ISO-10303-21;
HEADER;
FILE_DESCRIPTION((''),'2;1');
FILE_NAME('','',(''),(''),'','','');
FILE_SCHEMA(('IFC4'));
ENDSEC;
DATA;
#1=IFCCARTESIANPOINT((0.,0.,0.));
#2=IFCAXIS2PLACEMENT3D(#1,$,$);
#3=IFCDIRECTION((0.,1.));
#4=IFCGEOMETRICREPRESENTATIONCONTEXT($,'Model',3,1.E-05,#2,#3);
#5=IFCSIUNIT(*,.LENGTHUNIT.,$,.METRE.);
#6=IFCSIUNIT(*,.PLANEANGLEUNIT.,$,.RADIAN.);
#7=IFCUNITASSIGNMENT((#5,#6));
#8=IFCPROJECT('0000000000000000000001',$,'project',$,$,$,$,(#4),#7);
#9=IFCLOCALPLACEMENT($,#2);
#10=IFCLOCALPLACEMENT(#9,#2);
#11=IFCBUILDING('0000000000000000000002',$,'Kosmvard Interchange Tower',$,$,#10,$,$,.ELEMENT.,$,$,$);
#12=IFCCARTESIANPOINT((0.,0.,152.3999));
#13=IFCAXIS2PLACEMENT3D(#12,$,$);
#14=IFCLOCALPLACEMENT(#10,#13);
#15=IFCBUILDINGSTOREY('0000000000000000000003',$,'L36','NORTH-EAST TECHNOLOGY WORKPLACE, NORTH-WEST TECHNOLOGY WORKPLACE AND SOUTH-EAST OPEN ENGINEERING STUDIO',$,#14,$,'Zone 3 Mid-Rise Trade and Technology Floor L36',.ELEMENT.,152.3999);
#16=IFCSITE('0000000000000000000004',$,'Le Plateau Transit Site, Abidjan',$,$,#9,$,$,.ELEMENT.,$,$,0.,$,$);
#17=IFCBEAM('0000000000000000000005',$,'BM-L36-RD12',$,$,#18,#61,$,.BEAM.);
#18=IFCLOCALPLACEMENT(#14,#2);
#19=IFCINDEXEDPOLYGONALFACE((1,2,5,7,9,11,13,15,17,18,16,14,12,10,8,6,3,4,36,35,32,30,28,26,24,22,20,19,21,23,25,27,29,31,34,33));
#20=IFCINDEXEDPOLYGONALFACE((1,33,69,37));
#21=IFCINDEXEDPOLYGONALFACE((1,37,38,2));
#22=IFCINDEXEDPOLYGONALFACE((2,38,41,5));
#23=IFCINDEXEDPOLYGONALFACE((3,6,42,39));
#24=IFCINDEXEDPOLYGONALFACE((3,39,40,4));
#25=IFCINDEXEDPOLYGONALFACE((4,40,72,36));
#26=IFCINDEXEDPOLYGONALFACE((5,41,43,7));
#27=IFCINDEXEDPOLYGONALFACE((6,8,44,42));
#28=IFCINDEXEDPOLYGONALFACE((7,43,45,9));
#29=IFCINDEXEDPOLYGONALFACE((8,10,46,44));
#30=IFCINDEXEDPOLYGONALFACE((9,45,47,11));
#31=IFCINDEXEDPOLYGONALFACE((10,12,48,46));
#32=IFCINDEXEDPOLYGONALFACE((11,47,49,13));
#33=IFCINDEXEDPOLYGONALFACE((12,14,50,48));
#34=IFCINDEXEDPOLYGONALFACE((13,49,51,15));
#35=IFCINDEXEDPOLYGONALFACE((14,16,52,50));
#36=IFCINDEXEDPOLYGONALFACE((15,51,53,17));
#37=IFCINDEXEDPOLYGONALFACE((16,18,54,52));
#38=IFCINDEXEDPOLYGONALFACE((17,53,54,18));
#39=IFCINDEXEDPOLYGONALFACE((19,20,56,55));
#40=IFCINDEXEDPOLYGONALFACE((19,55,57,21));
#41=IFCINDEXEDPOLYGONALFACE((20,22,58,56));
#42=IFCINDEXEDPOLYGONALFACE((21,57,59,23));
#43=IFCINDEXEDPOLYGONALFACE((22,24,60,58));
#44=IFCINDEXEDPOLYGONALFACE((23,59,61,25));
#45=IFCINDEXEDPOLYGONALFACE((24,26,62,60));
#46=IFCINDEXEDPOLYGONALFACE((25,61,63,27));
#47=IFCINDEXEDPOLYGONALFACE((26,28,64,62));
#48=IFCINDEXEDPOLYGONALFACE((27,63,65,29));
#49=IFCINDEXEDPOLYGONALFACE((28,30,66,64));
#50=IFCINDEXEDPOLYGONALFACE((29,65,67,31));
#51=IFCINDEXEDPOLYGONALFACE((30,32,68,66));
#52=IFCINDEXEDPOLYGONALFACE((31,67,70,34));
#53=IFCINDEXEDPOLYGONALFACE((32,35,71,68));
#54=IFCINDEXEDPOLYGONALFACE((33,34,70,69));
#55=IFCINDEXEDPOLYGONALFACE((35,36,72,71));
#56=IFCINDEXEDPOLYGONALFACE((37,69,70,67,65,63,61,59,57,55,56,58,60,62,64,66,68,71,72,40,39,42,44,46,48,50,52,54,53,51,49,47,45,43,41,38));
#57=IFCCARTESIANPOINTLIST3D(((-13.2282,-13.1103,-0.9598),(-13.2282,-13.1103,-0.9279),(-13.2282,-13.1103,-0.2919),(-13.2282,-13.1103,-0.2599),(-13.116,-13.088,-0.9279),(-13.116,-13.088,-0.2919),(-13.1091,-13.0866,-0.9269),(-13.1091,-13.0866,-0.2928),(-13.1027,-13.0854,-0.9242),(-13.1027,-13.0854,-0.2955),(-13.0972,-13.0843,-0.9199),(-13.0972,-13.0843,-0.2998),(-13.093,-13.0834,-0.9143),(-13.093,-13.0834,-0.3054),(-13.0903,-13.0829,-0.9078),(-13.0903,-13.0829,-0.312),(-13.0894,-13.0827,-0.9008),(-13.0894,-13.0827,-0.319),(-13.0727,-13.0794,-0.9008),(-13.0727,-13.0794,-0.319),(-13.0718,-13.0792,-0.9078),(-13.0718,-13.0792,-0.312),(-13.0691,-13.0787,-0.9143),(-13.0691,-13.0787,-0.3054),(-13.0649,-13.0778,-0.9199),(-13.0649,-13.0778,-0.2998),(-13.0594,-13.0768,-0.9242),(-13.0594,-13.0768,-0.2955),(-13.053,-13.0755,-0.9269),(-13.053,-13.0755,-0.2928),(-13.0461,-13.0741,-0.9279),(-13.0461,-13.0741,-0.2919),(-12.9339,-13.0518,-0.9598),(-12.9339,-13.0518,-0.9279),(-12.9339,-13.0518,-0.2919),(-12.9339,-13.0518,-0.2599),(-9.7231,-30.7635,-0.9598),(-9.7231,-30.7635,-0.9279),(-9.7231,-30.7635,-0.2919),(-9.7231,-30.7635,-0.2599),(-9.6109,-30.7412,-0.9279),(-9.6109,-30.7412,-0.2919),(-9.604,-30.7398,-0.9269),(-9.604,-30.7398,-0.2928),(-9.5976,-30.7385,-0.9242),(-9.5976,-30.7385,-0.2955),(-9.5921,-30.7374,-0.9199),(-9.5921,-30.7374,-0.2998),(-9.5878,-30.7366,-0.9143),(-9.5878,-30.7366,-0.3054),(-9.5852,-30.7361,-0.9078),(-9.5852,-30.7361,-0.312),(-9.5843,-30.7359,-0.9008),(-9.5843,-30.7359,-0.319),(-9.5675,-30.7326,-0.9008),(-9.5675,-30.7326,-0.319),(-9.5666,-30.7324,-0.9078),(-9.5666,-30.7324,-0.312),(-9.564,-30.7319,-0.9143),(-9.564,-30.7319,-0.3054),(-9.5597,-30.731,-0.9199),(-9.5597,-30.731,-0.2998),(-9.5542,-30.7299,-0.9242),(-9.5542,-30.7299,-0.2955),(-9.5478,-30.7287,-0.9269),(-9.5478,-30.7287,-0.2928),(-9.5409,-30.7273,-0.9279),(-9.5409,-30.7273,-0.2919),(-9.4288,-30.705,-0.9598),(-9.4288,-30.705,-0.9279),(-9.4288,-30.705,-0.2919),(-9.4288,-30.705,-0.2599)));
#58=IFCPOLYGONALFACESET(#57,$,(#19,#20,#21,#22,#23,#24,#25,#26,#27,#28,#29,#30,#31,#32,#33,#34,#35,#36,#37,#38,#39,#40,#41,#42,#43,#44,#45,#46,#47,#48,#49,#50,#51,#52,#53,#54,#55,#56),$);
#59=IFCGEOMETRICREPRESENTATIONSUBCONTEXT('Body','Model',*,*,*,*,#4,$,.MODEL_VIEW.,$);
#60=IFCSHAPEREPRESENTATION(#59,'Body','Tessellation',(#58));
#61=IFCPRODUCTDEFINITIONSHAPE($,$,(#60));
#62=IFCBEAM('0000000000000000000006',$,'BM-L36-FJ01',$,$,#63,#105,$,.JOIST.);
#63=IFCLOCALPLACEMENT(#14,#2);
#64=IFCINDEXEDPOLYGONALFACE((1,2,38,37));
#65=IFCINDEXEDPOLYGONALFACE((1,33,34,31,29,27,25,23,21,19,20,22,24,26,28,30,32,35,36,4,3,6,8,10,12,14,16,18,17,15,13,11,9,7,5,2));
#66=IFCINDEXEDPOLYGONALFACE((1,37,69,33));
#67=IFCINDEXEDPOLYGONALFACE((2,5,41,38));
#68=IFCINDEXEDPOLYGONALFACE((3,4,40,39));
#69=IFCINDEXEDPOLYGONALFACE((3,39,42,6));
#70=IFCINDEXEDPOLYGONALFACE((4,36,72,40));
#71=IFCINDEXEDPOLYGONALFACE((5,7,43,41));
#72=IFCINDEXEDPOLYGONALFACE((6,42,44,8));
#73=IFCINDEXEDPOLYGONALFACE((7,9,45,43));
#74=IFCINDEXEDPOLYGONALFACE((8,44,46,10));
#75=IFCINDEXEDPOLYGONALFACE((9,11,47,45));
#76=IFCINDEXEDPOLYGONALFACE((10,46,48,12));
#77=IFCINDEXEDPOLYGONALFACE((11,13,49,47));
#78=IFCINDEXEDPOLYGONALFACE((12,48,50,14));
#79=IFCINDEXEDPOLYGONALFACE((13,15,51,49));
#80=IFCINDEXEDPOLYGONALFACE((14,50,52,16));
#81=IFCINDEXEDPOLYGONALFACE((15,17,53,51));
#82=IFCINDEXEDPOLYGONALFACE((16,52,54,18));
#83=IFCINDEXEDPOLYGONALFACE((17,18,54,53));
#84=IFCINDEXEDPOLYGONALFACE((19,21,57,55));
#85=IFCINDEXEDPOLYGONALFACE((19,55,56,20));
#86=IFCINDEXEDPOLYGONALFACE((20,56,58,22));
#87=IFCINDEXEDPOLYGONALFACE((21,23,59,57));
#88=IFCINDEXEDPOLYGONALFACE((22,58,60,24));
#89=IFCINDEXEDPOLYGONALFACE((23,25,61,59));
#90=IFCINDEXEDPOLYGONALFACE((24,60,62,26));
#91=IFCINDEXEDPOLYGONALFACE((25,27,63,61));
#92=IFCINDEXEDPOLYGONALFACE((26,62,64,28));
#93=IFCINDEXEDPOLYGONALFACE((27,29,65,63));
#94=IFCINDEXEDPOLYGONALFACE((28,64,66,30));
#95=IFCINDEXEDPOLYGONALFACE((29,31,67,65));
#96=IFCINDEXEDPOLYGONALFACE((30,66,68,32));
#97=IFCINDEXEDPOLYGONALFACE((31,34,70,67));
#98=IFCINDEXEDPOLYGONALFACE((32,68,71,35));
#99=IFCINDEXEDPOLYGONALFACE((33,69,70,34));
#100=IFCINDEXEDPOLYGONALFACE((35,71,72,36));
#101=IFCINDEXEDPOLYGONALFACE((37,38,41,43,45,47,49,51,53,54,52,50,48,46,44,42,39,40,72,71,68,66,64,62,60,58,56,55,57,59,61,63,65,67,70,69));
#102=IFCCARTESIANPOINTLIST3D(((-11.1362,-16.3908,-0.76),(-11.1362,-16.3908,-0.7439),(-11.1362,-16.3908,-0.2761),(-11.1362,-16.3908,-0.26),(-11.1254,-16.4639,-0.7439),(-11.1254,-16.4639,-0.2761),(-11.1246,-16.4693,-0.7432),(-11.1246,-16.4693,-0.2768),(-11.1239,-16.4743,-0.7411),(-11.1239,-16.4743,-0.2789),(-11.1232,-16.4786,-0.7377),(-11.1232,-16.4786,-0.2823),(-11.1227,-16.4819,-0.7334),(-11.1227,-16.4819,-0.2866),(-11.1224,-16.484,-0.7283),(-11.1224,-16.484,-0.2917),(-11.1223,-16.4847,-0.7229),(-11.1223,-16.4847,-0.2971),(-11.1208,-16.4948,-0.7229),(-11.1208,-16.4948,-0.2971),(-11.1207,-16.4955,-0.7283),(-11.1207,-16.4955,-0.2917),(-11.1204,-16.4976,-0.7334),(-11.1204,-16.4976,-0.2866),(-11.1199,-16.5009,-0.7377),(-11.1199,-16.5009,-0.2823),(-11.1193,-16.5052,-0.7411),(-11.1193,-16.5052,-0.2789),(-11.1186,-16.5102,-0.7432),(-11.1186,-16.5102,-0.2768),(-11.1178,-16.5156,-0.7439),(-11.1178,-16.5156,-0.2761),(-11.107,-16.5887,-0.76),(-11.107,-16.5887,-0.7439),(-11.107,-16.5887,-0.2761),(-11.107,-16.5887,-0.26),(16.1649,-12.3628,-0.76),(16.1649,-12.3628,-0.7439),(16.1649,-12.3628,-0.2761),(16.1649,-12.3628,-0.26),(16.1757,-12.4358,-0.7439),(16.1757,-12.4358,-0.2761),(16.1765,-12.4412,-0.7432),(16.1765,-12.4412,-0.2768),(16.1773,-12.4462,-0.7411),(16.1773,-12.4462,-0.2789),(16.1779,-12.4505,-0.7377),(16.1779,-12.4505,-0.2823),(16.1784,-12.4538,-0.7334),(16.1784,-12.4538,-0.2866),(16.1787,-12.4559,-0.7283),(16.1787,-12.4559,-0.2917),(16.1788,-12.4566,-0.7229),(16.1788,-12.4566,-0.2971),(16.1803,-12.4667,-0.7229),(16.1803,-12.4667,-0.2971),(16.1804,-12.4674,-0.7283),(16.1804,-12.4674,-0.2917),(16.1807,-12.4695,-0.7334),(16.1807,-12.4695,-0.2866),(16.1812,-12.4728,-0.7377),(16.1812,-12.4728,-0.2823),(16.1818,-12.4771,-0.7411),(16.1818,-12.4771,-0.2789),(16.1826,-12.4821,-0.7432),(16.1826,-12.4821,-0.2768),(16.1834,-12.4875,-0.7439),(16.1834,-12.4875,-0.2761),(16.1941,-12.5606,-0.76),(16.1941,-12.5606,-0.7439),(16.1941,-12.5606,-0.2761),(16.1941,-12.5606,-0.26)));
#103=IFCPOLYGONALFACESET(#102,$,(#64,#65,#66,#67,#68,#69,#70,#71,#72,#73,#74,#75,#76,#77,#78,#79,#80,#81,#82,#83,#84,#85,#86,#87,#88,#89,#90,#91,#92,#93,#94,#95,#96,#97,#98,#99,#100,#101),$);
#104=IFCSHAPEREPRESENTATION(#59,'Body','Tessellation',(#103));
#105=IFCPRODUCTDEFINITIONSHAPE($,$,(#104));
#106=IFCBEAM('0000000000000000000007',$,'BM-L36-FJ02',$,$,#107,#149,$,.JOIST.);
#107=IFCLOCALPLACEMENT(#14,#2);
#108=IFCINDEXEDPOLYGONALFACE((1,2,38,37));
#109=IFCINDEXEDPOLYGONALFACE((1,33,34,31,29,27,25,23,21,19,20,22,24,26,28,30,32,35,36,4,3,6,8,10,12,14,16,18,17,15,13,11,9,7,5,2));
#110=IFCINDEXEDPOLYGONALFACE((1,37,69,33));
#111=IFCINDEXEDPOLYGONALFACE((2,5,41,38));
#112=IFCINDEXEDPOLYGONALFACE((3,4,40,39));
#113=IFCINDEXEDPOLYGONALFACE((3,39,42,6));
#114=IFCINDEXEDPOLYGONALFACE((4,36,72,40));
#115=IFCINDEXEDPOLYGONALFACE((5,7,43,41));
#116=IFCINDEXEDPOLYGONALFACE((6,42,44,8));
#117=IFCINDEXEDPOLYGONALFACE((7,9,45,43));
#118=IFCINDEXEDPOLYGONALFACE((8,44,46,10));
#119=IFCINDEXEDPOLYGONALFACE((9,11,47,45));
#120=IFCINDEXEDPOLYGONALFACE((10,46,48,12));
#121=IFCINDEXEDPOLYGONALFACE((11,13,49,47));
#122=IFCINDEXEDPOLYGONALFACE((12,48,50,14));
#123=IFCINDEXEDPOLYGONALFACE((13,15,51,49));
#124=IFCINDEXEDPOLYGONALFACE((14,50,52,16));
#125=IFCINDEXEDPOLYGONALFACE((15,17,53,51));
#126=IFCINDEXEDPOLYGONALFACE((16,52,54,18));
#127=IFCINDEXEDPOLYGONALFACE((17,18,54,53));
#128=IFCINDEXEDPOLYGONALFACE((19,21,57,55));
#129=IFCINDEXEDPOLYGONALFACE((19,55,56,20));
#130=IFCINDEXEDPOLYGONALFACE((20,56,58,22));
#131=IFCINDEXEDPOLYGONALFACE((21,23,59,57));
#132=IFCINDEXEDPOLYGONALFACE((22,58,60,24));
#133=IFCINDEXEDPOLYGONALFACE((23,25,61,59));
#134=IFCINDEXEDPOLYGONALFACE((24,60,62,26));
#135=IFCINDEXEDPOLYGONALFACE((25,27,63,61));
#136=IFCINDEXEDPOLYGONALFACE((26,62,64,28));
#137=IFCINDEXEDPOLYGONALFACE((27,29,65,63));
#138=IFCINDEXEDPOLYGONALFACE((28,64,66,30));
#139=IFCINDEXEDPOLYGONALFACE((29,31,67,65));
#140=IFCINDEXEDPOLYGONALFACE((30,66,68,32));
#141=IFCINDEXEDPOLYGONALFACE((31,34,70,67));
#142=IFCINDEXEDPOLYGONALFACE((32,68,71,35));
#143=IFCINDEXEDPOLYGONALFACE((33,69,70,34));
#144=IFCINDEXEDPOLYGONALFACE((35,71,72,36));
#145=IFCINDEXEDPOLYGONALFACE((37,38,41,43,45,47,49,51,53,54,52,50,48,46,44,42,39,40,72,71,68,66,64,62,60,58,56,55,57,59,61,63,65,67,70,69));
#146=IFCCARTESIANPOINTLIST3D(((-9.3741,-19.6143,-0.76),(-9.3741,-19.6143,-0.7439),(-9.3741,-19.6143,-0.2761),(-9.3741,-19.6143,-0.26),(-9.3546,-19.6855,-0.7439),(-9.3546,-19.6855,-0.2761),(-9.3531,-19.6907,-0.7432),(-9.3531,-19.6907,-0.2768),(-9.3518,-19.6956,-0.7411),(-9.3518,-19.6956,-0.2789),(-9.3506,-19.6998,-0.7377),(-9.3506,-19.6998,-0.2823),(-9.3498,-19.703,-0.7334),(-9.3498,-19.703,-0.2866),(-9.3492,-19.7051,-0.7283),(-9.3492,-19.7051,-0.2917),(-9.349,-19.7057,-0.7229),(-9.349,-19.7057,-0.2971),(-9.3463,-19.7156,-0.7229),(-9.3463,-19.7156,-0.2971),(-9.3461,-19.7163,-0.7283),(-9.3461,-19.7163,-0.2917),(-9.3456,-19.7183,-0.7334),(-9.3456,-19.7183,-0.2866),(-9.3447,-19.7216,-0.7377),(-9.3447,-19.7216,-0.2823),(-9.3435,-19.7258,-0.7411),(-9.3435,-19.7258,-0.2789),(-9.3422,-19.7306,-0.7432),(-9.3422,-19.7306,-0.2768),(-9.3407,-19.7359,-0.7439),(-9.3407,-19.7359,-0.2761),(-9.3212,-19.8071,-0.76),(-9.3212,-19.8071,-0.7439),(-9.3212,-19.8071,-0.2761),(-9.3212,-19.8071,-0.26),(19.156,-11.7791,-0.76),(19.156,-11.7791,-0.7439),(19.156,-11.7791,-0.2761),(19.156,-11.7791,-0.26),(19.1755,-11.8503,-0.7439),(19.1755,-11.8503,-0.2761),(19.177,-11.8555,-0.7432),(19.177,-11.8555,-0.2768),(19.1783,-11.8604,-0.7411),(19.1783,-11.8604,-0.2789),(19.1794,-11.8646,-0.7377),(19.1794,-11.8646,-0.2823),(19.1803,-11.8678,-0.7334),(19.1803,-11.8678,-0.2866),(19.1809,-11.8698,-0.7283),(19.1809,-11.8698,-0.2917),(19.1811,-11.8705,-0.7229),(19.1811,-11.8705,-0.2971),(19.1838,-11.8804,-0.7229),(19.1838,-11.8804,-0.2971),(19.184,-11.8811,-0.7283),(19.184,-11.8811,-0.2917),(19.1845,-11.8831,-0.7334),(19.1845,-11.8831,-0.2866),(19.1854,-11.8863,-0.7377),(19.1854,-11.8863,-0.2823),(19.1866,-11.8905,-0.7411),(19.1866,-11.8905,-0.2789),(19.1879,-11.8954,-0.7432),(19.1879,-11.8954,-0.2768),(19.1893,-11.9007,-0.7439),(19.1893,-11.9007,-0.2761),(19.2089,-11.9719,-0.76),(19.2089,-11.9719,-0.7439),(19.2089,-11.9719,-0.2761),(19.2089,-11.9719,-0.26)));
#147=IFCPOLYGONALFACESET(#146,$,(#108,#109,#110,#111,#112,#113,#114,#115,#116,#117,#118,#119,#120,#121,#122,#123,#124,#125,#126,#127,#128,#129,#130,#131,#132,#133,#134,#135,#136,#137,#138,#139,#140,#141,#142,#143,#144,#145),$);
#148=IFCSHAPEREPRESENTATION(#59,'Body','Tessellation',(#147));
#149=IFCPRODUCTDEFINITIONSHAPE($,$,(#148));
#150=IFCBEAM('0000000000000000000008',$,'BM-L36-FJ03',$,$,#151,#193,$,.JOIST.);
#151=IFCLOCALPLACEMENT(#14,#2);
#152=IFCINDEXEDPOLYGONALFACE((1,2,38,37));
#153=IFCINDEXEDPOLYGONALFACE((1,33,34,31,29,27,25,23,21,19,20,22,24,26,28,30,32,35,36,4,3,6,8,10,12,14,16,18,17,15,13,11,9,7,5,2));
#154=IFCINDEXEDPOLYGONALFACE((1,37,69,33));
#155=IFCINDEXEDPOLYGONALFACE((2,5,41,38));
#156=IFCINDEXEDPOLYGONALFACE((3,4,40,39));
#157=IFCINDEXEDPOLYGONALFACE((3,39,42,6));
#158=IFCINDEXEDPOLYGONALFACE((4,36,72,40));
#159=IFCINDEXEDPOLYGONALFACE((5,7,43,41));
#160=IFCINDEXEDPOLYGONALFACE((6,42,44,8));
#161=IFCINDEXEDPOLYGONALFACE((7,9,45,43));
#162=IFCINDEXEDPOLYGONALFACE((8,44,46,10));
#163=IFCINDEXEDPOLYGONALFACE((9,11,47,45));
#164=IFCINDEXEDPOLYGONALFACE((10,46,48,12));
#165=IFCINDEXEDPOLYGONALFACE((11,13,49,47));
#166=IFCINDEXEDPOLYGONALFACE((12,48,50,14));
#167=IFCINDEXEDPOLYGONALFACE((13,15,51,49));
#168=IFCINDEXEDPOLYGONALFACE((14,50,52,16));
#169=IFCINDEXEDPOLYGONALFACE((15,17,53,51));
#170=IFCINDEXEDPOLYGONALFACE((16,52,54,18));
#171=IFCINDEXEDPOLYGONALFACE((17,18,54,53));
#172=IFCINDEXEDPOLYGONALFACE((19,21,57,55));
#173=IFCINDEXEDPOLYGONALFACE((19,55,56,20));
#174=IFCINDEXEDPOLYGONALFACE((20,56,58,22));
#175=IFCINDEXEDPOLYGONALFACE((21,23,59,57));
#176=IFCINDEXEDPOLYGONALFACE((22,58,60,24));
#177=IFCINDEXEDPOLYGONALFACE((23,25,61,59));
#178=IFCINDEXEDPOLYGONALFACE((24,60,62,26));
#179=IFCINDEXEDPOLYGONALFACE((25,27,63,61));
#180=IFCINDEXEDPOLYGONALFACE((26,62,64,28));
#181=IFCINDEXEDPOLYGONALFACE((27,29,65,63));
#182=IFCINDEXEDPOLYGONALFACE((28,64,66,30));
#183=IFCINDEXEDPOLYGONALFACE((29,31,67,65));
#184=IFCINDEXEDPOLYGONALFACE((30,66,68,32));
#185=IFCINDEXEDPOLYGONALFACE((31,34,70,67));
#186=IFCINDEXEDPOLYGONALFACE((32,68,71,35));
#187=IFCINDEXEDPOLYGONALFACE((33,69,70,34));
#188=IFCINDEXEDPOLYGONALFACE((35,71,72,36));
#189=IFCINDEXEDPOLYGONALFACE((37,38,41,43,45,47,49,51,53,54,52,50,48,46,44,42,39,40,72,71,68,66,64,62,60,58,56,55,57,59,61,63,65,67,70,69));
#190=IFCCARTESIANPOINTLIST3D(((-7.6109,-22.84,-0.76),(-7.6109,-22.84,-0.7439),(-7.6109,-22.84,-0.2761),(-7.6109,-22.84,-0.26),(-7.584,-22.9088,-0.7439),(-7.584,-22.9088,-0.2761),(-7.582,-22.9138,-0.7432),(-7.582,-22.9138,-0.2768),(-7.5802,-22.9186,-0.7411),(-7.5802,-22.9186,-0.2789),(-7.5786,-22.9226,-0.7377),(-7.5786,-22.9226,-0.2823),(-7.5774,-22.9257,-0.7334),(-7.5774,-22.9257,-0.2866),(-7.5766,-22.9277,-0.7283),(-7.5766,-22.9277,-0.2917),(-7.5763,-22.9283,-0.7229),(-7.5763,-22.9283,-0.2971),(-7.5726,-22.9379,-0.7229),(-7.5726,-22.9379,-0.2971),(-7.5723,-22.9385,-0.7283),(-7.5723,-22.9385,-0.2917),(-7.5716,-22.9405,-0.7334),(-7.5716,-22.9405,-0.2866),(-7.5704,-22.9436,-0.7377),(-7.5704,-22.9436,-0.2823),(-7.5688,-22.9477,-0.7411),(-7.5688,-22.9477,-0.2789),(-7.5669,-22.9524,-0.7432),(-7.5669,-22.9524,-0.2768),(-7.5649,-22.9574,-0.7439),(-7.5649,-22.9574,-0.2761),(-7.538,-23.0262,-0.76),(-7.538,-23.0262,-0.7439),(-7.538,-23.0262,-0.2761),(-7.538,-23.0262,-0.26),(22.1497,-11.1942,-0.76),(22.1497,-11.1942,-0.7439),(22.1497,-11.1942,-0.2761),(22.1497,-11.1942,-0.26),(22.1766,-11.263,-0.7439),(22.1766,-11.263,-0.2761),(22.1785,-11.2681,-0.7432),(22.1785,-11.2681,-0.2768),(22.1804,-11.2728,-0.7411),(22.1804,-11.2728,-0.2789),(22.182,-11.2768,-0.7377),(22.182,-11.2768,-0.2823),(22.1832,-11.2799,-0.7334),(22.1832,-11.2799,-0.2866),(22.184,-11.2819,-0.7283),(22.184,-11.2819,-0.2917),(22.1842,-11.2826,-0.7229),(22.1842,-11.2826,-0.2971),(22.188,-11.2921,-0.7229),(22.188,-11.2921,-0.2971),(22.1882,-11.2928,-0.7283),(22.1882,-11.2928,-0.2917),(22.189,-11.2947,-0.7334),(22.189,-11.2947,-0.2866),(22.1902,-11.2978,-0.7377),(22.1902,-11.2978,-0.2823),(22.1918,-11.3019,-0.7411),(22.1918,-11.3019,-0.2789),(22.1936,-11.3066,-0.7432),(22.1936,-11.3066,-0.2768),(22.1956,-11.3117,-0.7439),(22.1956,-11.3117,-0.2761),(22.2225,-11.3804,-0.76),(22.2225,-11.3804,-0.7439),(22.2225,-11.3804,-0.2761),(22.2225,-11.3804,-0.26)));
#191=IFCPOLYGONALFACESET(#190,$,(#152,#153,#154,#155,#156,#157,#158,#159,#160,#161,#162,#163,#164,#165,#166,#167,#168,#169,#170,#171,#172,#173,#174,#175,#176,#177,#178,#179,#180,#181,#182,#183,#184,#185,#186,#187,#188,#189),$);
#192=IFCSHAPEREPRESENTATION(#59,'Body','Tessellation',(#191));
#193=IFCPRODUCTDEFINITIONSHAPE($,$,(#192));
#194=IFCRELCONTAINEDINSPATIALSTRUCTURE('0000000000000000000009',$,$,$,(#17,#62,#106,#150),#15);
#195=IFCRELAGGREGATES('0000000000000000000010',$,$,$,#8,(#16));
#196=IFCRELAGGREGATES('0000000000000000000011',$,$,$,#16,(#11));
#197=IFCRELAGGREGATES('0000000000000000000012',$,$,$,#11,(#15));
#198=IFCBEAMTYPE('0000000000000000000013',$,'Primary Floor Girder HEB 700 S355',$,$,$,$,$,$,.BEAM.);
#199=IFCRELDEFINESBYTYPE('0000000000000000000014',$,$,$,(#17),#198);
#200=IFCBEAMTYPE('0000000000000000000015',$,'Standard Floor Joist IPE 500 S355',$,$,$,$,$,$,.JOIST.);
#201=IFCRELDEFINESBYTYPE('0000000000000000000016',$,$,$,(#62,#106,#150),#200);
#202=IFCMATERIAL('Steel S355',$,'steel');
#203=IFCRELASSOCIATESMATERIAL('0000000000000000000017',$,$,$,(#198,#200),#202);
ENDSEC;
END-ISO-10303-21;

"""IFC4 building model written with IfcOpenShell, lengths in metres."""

from ifc_helpers import new_model, si_unit, direction, frame, origin, origin_2d, place, context, subcontext, project, spatial, i_section, extrude, source, transform, mapped, material, material_profile, profile_set, type_object, element, save


model = new_model("IFC4")

# Units and contexts
model_context = context("Model", 3, precision=1e-05, world=origin(), true_north=direction((0.0, 1.0)))
body_context = subcontext(model_context, "Body", "Model", "MODEL_VIEW")
ifc_project = project(units=[si_unit("LENGTHUNIT", "METRE"), si_unit("PLANEANGLEUNIT", "RADIAN")], contexts=[model_context])

# Site, building, storey
site_placement = place(None, origin())
site = spatial("IfcSite", under=ifc_project, at=site_placement, Name="Le Plateau Transit Site, Abidjan", CompositionType="ELEMENT", RefElevation=0.0)
building_placement = place(site_placement, origin())
building = spatial("IfcBuilding", under=site, at=building_placement, Name="Kosmvard Interchange Tower", CompositionType="ELEMENT")
storey_placement = place(building_placement, frame((0.0, 0.0, 152.3999)))
storey = spatial("IfcBuildingStorey", under=building, at=storey_placement, Name="L36", Description="NORTH-EAST TECHNOLOGY WORKPLACE, NORTH-WEST TECHNOLOGY WORKPLACE AND SOUTH-EAST OPEN ENGINEERING STUDIO", LongName="Zone 3 Mid-Rise Trade and Technology Floor L36", CompositionType="ELEMENT", Elevation=152.3999)

# Beams
ifc_material_1 = material(Name="Steel S355", Category="steel")
ifc_material_profile_1 = material_profile(ifc_material_1, i_section(OverallWidth=0.3, OverallDepth=0.7, WebThickness=0.0171, FlangeThickness=0.032, FilletRadius=0.0271, at=origin_2d()), Name="HEB 700")
ifc_profile_set_1 = profile_set([ifc_material_profile_1], Name="Steel S355")
beam_type_1 = type_object("IfcBeamType", Name="Primary Floor Girder HEB 700 S355", PredefinedType="BEAM", material=ifc_profile_set_1)
shared_shape_1 = source(origin(), body_context, "Body", "SweptSolid", [
    extrude(i_section(OverallWidth=0.3, OverallDepth=0.7, WebThickness=0.0171, FlangeThickness=0.032, FilletRadius=0.0271, at=origin_2d()), origin(), (0.0, 0.0, 1.0), 17.9978),
])
beam_1_placement = place(storey_placement, frame((-13.0811, -13.0811, -0.6099), z_axis=(0.194754, -0.980852, 0.0), x_axis=(0.980852, 0.194754, 0.0)))
element("IfcBeam", 1, at=beam_1_placement, inside=storey, type_object=beam_type_1, Name="BM-L36-RD12", PredefinedType="BEAM", context=body_context, shape_type="MappedRepresentation", body=[
    mapped(shared_shape_1, transform((0.0, 0.0, 0.0), scale=1.0)),
])
ifc_material_profile_2 = material_profile(ifc_material_1, i_section(OverallWidth=0.2, OverallDepth=0.5, WebThickness=0.0103, FlangeThickness=0.0161, FilletRadius=0.021, at=origin_2d()), Name="IPE 500")
ifc_profile_set_2 = profile_set([ifc_material_profile_2], Name="Steel S355")
beam_type_2 = type_object("IfcBeamType", Name="Standard Floor Joist IPE 500 S355", PredefinedType="JOIST", material=ifc_profile_set_2)
shared_shape_2 = source(origin(), body_context, "Body", "SweptSolid", [
    extrude(i_section(OverallWidth=0.2, OverallDepth=0.5, WebThickness=0.0103, FlangeThickness=0.0161, FilletRadius=0.021, at=origin_2d()), origin(), (0.0, 0.0, 1.0), 27.5967),
])
beam_2_placement = place(storey_placement, frame((-11.1216, -16.4897, -0.51), z_axis=(0.98929, 0.145963, 0.0), x_axis=(-0.145963, 0.98929, 0.0)))
element("IfcBeam", 2, at=beam_2_placement, inside=storey, type_object=beam_type_2, Name="BM-L36-FJ01", PredefinedType="JOIST", context=body_context, shape_type="MappedRepresentation", body=[
    mapped(shared_shape_2, transform((0.0, 0.0, 0.0), scale=1.0)),
])
shared_shape_3 = source(origin(), body_context, "Body", "SweptSolid", [
    extrude(i_section(OverallWidth=0.2, OverallDepth=0.5, WebThickness=0.0103, FlangeThickness=0.0161, FilletRadius=0.021, at=origin_2d()), origin(), (0.0, 0.0, 1.0), 29.5864),
])
beam_3_placement = place(storey_placement, frame((-9.3477, -19.7107, -0.51), z_axis=(0.964297, 0.264825, 0.0), x_axis=(-0.264825, 0.964297, 0.0)))
element("IfcBeam", 3, at=beam_3_placement, inside=storey, type_object=beam_type_2, Name="BM-L36-FJ02", PredefinedType="JOIST", context=body_context, shape_type="MappedRepresentation", body=[
    mapped(shared_shape_3, transform((0.0, 0.0, 0.0), scale=1.0)),
])
shared_shape_4 = source(origin(), body_context, "Body", "SweptSolid", [
    extrude(i_section(OverallWidth=0.2, OverallDepth=0.5, WebThickness=0.0103, FlangeThickness=0.0161, FilletRadius=0.021, at=origin_2d()), origin(), (0.0, 0.0, 1.0), 31.958),
])
beam_4_placement = place(storey_placement, frame((-7.5745, -22.9331, -0.51), z_axis=(0.931239, 0.364409, 0.0), x_axis=(-0.364409, 0.931239, 0.0)))
element("IfcBeam", 4, at=beam_4_placement, inside=storey, type_object=beam_type_2, Name="BM-L36-FJ03", PredefinedType="JOIST", context=body_context, shape_type="MappedRepresentation", body=[
    mapped(shared_shape_4, transform((0.0, 0.0, 0.0), scale=1.0)),
])

save(model, "model.ifc")
